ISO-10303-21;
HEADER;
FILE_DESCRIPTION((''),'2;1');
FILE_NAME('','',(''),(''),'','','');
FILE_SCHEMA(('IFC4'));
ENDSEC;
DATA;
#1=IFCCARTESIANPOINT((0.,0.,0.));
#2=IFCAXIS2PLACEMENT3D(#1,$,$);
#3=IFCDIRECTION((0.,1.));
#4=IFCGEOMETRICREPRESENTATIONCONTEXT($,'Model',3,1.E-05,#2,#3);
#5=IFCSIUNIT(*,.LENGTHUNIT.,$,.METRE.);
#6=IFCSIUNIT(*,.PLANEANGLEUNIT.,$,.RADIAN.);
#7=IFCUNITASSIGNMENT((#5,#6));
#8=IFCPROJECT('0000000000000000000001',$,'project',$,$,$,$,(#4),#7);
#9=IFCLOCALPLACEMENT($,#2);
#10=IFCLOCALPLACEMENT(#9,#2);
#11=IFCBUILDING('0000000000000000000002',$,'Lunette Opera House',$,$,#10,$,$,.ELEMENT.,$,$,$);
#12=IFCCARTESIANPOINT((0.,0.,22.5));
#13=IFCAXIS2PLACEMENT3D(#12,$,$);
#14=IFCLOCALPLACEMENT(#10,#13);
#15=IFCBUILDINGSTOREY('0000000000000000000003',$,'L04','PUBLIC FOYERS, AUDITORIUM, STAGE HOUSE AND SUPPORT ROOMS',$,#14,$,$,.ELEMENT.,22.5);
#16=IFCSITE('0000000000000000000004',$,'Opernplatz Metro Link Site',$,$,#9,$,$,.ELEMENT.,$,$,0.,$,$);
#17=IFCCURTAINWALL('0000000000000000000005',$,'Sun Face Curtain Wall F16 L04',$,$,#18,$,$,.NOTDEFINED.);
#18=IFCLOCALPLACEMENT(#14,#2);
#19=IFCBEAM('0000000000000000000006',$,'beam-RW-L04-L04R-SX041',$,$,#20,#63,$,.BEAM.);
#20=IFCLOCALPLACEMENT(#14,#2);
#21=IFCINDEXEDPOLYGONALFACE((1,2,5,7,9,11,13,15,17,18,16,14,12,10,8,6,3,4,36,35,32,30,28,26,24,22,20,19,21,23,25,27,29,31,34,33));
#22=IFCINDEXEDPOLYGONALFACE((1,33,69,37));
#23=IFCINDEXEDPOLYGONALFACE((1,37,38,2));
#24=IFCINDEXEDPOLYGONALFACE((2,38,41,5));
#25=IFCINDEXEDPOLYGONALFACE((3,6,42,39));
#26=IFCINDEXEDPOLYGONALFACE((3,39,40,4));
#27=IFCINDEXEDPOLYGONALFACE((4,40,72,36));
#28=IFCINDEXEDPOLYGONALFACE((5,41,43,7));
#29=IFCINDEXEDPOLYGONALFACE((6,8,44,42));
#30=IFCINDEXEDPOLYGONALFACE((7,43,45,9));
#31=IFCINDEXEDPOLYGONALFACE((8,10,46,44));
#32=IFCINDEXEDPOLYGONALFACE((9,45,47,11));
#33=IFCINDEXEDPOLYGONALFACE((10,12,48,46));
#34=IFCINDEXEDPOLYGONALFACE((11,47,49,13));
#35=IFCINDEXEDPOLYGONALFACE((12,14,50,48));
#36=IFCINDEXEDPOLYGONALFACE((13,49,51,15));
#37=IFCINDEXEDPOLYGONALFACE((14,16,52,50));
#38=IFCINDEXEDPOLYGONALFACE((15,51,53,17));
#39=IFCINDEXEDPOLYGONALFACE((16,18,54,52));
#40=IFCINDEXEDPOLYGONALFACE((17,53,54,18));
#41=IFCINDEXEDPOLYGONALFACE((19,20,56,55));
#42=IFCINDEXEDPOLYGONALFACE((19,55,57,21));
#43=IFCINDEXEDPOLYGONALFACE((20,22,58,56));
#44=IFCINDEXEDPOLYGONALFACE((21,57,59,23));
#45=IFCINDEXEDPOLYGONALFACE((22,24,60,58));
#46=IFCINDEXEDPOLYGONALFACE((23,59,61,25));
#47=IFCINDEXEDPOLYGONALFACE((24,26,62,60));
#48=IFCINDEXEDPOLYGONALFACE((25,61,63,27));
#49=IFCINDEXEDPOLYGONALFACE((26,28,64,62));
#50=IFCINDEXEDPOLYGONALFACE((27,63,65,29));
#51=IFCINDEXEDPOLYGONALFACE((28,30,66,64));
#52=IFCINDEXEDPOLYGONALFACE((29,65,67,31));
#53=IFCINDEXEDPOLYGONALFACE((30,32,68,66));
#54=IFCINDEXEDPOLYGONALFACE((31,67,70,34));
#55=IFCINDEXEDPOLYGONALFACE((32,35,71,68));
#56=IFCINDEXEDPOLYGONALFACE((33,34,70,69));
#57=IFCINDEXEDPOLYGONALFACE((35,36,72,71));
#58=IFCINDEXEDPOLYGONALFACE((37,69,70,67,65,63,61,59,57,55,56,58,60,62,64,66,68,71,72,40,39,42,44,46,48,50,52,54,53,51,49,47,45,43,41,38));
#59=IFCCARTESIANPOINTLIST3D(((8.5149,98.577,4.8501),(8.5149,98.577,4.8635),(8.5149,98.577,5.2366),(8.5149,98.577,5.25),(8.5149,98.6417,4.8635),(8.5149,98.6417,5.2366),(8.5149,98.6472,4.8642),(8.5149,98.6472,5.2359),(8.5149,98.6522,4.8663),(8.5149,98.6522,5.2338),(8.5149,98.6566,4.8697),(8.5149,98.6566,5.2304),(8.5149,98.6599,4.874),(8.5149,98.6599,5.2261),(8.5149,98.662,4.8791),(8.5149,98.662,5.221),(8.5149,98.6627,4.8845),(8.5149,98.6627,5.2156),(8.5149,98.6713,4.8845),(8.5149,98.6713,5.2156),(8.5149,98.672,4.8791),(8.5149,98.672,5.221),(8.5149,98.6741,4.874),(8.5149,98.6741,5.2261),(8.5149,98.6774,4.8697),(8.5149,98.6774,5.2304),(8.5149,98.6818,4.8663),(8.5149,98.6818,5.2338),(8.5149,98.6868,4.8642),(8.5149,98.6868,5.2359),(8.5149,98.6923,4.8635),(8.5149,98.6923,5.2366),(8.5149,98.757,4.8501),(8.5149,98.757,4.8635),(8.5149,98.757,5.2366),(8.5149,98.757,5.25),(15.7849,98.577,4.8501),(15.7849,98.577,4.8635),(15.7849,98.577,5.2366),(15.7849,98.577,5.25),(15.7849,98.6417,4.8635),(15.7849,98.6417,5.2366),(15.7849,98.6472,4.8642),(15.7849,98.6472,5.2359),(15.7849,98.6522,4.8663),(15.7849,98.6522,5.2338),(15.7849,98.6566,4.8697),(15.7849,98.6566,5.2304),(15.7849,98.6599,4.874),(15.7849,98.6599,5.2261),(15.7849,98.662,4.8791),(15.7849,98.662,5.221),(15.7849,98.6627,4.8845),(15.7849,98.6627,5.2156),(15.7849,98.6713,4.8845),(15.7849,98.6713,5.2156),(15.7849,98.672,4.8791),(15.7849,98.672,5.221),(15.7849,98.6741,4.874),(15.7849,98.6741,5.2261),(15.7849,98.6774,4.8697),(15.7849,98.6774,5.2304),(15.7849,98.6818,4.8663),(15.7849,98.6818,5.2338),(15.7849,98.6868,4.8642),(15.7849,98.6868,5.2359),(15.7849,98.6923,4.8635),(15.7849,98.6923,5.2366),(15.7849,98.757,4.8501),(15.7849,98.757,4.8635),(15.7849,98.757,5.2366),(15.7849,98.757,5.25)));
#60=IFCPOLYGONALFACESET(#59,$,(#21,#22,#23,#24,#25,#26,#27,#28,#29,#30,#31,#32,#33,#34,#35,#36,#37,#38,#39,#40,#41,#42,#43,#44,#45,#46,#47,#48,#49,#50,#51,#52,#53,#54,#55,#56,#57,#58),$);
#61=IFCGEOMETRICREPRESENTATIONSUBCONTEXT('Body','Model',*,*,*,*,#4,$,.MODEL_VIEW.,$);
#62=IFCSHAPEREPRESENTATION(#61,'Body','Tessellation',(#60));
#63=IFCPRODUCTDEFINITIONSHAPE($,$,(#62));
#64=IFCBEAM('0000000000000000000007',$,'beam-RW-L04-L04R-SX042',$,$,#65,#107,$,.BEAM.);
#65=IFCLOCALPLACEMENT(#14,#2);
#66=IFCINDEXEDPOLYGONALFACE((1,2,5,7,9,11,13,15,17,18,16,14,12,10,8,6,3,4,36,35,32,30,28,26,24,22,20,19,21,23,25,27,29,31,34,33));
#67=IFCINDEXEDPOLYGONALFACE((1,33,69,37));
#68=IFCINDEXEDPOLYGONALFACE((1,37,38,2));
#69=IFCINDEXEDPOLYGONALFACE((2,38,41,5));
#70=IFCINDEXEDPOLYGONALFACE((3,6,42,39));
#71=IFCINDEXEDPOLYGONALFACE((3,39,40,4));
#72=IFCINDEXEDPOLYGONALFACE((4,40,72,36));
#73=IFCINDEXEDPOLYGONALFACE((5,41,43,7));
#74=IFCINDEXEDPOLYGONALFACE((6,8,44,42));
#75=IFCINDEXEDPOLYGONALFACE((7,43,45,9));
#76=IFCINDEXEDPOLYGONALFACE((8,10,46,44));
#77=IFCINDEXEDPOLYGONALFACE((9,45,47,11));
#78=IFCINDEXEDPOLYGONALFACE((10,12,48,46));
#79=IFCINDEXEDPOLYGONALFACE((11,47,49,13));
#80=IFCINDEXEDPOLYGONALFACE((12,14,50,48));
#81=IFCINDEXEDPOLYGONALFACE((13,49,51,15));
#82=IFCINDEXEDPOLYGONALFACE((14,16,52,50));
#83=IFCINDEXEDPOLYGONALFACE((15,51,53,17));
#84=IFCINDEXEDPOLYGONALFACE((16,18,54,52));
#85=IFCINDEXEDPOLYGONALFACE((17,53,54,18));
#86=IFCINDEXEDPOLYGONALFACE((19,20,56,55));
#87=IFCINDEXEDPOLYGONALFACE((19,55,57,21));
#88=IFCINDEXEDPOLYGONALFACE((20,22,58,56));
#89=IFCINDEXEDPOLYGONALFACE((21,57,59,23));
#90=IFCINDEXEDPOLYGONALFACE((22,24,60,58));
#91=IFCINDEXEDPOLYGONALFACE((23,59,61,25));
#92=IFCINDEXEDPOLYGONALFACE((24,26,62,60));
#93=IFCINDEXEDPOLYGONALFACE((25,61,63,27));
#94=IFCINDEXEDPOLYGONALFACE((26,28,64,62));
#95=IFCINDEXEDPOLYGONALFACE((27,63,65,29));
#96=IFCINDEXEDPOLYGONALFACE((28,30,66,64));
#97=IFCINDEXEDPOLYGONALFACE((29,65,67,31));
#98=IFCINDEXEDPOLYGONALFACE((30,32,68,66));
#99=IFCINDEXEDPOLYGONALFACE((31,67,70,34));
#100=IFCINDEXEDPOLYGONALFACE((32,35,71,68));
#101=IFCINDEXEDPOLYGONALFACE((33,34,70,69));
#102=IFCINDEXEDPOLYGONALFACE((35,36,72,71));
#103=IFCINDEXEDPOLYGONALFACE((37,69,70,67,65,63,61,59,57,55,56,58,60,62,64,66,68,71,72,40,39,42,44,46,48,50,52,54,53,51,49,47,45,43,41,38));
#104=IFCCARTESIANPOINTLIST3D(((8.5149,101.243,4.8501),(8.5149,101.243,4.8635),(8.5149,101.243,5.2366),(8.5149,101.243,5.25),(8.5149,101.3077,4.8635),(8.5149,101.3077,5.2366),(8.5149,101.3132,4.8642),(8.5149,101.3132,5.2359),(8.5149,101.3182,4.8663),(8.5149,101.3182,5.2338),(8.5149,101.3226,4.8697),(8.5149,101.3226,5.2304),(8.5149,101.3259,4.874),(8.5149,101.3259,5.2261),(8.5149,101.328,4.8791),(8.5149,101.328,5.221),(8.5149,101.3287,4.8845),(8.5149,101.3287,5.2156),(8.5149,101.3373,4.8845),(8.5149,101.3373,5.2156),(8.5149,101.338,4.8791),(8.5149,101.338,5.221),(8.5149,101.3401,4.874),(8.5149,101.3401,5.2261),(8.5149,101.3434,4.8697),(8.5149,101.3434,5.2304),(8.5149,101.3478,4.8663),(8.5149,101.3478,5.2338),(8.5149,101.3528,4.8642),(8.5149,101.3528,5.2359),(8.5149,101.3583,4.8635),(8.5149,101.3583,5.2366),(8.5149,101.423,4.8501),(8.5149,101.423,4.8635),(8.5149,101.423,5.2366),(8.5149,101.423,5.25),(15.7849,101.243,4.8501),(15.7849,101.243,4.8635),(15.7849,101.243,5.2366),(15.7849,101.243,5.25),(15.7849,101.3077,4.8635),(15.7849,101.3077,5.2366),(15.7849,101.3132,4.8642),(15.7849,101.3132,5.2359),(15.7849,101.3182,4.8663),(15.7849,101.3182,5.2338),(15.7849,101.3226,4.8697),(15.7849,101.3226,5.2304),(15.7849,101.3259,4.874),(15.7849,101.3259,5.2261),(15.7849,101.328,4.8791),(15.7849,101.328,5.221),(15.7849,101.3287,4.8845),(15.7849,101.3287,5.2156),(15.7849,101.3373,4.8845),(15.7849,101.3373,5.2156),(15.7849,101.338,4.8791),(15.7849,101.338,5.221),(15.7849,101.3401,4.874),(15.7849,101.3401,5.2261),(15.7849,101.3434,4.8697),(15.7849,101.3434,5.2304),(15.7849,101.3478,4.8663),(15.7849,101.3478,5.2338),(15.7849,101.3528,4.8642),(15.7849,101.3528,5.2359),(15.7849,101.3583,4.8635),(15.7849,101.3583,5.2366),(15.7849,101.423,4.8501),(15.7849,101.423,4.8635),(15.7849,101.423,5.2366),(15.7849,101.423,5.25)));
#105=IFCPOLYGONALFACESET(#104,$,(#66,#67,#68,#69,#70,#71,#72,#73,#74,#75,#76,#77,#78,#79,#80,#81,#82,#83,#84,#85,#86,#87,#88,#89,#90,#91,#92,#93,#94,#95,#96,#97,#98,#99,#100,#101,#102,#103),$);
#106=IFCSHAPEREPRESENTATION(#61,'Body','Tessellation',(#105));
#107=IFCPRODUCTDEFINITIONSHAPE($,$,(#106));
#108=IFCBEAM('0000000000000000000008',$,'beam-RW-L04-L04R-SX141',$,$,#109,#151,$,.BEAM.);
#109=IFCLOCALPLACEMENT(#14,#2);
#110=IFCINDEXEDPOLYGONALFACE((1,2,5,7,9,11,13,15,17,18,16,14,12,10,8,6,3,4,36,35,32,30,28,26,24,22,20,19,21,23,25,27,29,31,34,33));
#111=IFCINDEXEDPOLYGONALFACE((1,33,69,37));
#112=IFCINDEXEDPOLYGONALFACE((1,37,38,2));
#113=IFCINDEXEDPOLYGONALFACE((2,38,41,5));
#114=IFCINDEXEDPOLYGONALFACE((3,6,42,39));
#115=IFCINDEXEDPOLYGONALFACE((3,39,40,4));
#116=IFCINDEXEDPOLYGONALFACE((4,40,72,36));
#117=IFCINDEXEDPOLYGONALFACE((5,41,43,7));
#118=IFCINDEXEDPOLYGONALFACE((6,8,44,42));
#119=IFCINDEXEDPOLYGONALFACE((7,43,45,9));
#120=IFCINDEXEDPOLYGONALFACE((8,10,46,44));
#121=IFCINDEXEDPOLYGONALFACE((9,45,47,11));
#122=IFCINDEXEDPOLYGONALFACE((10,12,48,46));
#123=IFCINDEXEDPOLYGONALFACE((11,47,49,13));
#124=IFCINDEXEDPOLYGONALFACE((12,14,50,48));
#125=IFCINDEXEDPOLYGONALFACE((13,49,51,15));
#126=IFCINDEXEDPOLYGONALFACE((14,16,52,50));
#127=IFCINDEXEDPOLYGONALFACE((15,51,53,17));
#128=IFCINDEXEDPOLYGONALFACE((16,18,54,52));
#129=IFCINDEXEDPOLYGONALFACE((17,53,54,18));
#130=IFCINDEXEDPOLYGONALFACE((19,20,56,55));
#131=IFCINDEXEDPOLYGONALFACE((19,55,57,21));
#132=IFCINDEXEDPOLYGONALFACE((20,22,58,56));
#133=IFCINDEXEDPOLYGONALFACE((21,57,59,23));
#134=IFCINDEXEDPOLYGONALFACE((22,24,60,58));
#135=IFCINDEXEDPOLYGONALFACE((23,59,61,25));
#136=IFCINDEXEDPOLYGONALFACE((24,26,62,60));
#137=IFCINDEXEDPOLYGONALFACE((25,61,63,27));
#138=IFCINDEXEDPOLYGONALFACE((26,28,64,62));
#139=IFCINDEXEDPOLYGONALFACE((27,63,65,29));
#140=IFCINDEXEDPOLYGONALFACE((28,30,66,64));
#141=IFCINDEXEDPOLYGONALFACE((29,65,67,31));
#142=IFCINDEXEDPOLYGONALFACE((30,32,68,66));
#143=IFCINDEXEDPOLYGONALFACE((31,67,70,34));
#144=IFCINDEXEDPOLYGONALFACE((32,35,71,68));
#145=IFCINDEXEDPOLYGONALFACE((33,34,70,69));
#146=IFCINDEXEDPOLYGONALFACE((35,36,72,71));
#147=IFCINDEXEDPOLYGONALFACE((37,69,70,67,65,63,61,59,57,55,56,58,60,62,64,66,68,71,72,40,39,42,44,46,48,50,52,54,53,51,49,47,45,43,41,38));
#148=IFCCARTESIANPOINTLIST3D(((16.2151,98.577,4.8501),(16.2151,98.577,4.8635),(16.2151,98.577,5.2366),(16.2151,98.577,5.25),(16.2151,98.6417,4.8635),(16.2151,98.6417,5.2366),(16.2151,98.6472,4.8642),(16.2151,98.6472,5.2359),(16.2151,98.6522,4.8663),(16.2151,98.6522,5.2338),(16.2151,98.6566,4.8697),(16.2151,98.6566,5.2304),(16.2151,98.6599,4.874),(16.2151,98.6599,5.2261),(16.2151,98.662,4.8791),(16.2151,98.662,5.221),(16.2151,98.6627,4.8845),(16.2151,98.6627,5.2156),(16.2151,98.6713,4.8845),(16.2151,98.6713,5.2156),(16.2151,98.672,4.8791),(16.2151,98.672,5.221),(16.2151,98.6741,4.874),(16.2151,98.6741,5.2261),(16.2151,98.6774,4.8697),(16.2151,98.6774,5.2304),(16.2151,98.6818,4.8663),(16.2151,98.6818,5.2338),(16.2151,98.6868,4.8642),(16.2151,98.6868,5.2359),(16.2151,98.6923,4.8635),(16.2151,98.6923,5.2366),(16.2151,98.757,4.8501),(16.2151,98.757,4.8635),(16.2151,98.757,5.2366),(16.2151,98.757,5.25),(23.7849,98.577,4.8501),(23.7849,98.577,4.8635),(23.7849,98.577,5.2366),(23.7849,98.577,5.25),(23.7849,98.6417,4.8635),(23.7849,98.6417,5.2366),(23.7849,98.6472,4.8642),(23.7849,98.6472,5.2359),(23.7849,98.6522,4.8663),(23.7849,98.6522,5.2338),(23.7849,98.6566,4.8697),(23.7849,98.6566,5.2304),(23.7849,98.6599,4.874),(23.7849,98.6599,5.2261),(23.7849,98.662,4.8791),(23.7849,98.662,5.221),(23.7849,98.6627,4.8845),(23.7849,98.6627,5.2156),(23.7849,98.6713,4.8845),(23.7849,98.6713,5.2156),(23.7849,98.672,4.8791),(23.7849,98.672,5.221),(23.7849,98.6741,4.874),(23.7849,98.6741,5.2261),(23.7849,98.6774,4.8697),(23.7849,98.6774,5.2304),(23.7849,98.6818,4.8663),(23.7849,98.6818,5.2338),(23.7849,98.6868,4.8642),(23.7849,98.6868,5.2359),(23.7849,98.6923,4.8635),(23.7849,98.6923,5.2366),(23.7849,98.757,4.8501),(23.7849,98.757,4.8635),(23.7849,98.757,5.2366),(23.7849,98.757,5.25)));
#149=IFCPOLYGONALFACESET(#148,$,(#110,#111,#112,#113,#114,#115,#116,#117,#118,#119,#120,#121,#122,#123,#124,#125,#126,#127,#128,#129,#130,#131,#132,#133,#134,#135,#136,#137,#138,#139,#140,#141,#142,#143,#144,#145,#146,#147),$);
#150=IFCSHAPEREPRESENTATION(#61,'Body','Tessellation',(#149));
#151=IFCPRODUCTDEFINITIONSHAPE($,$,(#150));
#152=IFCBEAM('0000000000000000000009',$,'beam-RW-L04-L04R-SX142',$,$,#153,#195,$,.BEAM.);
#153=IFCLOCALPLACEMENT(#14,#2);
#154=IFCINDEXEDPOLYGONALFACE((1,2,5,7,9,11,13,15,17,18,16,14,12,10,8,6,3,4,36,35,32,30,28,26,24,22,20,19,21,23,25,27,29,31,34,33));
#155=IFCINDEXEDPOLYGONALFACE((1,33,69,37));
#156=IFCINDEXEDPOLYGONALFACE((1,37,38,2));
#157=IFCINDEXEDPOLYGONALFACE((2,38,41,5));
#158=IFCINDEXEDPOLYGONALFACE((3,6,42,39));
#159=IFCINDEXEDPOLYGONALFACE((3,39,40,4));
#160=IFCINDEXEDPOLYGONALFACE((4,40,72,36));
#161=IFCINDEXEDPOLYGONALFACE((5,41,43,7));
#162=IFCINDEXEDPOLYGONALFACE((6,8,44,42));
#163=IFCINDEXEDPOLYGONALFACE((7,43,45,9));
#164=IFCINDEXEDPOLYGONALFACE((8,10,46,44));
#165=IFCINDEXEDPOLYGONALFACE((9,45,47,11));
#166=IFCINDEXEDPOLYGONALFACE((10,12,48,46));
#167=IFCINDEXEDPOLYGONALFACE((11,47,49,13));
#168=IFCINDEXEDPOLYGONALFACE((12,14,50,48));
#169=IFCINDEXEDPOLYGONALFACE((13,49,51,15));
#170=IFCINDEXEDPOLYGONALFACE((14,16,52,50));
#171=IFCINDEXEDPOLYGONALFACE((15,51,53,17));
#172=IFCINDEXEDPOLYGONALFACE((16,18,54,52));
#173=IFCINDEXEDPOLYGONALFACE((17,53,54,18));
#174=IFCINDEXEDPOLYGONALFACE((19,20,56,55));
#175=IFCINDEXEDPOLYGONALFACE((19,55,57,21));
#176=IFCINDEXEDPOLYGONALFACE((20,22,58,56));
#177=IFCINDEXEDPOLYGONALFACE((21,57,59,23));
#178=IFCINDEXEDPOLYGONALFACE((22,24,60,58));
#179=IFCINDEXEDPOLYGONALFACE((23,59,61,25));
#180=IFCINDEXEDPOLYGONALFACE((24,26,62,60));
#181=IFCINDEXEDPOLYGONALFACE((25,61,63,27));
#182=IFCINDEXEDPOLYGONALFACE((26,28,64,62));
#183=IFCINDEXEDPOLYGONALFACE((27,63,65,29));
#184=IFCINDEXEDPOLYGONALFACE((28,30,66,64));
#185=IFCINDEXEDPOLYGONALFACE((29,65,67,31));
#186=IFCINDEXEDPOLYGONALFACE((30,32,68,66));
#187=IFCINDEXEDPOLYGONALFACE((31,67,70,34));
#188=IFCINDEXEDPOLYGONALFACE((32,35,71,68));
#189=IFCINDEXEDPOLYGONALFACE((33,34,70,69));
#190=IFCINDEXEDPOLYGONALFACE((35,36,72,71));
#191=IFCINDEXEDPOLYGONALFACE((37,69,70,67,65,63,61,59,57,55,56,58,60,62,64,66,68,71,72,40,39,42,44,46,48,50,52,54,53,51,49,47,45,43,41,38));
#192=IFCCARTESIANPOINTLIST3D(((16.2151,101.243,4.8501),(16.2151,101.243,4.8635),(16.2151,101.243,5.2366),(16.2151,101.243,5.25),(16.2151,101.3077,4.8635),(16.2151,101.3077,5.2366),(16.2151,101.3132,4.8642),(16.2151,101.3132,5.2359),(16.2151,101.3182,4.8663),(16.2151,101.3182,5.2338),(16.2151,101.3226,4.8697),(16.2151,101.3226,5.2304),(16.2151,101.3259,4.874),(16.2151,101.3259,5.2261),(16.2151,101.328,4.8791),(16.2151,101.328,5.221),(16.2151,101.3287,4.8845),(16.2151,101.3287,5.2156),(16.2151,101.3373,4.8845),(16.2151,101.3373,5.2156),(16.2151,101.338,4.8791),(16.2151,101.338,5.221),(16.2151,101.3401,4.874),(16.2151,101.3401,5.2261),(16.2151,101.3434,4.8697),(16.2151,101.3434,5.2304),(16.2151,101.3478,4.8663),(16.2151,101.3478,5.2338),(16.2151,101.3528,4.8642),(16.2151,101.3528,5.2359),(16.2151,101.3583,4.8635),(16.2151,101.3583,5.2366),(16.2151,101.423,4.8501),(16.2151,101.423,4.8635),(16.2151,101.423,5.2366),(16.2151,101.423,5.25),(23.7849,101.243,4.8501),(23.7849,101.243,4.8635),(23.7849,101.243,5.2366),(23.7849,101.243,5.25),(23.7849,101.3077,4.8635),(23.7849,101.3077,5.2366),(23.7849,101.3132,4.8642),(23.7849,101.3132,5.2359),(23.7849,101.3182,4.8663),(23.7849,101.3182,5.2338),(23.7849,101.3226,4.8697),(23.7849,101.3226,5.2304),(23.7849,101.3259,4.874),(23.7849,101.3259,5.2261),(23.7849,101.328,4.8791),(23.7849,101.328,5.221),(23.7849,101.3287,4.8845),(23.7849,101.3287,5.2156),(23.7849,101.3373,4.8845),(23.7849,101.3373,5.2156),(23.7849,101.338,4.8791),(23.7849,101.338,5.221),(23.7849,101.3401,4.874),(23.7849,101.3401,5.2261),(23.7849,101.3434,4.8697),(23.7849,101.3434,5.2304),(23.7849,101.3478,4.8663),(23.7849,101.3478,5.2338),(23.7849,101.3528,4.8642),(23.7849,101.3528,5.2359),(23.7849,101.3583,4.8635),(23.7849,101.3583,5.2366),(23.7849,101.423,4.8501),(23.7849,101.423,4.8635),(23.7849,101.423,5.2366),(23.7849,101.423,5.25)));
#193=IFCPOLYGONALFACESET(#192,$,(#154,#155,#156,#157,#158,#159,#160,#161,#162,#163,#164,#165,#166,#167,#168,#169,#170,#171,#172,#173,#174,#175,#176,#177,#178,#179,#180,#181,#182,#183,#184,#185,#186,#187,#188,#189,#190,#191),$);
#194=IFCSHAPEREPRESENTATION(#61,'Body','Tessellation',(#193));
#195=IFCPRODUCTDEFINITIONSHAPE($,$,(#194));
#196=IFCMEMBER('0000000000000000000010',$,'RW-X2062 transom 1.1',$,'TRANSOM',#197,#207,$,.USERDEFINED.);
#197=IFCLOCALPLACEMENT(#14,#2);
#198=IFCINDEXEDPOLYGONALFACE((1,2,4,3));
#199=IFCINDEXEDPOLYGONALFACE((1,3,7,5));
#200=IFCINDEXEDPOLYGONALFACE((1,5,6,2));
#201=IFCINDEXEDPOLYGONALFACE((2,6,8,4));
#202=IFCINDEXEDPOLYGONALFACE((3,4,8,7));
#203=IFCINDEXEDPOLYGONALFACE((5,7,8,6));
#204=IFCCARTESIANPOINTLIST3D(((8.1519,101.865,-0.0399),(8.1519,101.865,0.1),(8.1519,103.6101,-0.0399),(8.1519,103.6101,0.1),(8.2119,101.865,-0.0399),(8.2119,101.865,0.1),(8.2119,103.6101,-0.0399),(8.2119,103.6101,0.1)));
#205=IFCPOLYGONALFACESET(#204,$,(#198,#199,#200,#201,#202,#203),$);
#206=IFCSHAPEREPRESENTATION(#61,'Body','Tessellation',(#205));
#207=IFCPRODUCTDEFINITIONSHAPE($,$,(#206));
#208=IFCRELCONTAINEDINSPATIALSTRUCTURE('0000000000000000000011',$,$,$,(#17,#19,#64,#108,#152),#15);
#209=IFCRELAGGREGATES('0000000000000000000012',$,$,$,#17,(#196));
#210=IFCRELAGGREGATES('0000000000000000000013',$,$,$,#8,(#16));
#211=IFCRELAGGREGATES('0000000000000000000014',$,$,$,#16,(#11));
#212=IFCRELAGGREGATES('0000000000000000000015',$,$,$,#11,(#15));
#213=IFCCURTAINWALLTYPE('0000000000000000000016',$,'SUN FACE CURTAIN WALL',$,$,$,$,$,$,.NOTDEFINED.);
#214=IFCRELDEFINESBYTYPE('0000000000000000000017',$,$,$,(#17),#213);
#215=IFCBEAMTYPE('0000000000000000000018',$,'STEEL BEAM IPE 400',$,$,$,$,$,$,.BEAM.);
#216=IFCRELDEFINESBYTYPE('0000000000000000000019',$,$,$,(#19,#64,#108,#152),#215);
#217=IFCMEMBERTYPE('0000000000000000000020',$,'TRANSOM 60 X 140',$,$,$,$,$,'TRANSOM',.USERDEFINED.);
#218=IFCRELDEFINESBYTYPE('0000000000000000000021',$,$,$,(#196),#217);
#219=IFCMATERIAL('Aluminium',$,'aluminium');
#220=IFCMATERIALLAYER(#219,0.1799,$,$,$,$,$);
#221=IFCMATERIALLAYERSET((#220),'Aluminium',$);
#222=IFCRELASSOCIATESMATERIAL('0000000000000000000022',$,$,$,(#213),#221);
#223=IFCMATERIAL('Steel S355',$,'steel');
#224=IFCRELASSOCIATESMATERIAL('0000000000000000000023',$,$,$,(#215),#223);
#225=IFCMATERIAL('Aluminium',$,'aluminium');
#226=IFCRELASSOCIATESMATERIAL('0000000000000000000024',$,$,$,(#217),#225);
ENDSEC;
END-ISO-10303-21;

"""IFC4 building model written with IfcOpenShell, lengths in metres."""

from ifc_helpers import new_model, si_unit, direction, frame, origin, origin_2d, place, context, subcontext, project, spatial, rectangle, i_section, extrude, material, layer, layer_set, material_profile, profile_set, type_object, element, aggregate, save


model = new_model("IFC4")

# Units and contexts
model_context = context("Model", 3, precision=1e-05, world=origin(), true_north=direction((0.0, 1.0)))
body_context = subcontext(model_context, "Body", "Model", "MODEL_VIEW")
ifc_project = project(units=[si_unit("LENGTHUNIT", "METRE"), si_unit("PLANEANGLEUNIT", "RADIAN")], contexts=[model_context])

# Site, building, storey
site_placement = place(None, origin())
site = spatial("IfcSite", under=ifc_project, at=site_placement, Name="Opernplatz Metro Link Site", CompositionType="ELEMENT", RefElevation=0.0)
building_placement = place(site_placement, origin())
building = spatial("IfcBuilding", under=site, at=building_placement, Name="Lunette Opera House", CompositionType="ELEMENT")
storey_placement = place(building_placement, frame((0.0, 0.0, 22.5)))
storey = spatial("IfcBuildingStorey", under=building, at=storey_placement, Name="L04", Description="PUBLIC FOYERS, AUDITORIUM, STAGE HOUSE AND SUPPORT ROOMS", CompositionType="ELEMENT", Elevation=22.5)

# Curtain wall
ifc_material_1 = material(Name="Aluminium", Category="aluminium")
ifc_layer_1 = layer(ifc_material_1, 0.1799)
ifc_layer_set_1 = layer_set([ifc_layer_1], Name="Aluminium")
curtain_wall_type = type_object("IfcCurtainWallType", Name="SUN FACE CURTAIN WALL", PredefinedType="NOTDEFINED", material=ifc_layer_set_1)
curtain_wall_placement = place(storey_placement, origin())
curtain_wall = element("IfcCurtainWall", 1, at=curtain_wall_placement, inside=storey, type_object=curtain_wall_type, Name="Sun Face Curtain Wall F16 L04", PredefinedType="NOTDEFINED")

# Beams
ifc_material_2 = material(Name="Steel S355", Category="steel")
ifc_material_profile_1 = material_profile(ifc_material_2, i_section(OverallWidth=0.1799, OverallDepth=0.3999, WebThickness=0.0085, FlangeThickness=0.0134, FilletRadius=0.021, at=origin_2d()), Name="IPE 400")
ifc_profile_set_1 = profile_set([ifc_material_profile_1], Name="Steel S355")
beam_type_1 = type_object("IfcBeamType", Name="STEEL BEAM IPE 400", PredefinedType="BEAM", material=ifc_profile_set_1)
for number, where, z_axis, x_axis, name in (
    (2, (8.5149, 98.667, 5.05), (1.0, 0.0, 0.0), (0.0, 1.0, 0.0), "beam-RW-L04-L04R-SX041"),
    (3, (8.5149, 101.333, 5.05), (1.0, 0.0, 0.0), (0.0, 1.0, 0.0), "beam-RW-L04-L04R-SX042"),
):
    element("IfcBeam", number, at=place(storey_placement, frame(where, z_axis=z_axis, x_axis=x_axis)), inside=storey, type_object=beam_type_1, Name=name, PredefinedType="BEAM", context=body_context, shape_type="SweptSolid", body=[
        extrude(i_section(OverallWidth=0.1799, OverallDepth=0.3999, WebThickness=0.0085, FlangeThickness=0.0134, FilletRadius=0.021, at=origin_2d()), origin(), (0.0, 0.0, 1.0), 7.27),
    ])
for number, where, z_axis, x_axis, name in (
    (4, (16.2151, 98.667, 5.05), (1.0, 0.0, 0.0), (0.0, 1.0, 0.0), "beam-RW-L04-L04R-SX141"),
    (5, (16.2151, 101.333, 5.05), (1.0, 0.0, 0.0), (0.0, 1.0, 0.0), "beam-RW-L04-L04R-SX142"),
):
    element("IfcBeam", number, at=place(storey_placement, frame(where, z_axis=z_axis, x_axis=x_axis)), inside=storey, type_object=beam_type_1, Name=name, PredefinedType="BEAM", context=body_context, shape_type="SweptSolid", body=[
        extrude(i_section(OverallWidth=0.1799, OverallDepth=0.3999, WebThickness=0.0085, FlangeThickness=0.0134, FilletRadius=0.021, at=origin_2d()), origin(), (0.0, 0.0, 1.0), 7.5698),
    ])

# Member
ifc_material_3 = material(Name="Aluminium", Category="aluminium")
ifc_material_profile_2 = material_profile(ifc_material_3, rectangle(XDim=0.0601, YDim=0.1399, at=origin_2d()), Name="TRANSOM 60 X 140")
ifc_profile_set_2 = profile_set([ifc_material_profile_2], Name="Aluminium")
member_type_1 = type_object("IfcMemberType", Name="TRANSOM 60 X 140", ElementType="TRANSOM", PredefinedType="USERDEFINED", material=ifc_profile_set_2)
member_1_placement = place(storey_placement, frame((8.1819, 103.6101, 0.03), z_axis=(0.0, -1.0, 0.0), x_axis=(1.0, 0.0, 0.0)))
member_1 = element("IfcMember", 6, at=member_1_placement, type_object=member_type_1, Name="RW-X2062 transom 1.1", ObjectType="TRANSOM", PredefinedType="USERDEFINED", context=body_context, shape_type="SweptSolid", body=[
    extrude(rectangle(XDim=0.0601, YDim=0.1399, at=origin_2d()), origin(), (0.0, 0.0, 1.0), 1.7451),
])

aggregate(curtain_wall, [member_1])

save(model, "model.ifc")
